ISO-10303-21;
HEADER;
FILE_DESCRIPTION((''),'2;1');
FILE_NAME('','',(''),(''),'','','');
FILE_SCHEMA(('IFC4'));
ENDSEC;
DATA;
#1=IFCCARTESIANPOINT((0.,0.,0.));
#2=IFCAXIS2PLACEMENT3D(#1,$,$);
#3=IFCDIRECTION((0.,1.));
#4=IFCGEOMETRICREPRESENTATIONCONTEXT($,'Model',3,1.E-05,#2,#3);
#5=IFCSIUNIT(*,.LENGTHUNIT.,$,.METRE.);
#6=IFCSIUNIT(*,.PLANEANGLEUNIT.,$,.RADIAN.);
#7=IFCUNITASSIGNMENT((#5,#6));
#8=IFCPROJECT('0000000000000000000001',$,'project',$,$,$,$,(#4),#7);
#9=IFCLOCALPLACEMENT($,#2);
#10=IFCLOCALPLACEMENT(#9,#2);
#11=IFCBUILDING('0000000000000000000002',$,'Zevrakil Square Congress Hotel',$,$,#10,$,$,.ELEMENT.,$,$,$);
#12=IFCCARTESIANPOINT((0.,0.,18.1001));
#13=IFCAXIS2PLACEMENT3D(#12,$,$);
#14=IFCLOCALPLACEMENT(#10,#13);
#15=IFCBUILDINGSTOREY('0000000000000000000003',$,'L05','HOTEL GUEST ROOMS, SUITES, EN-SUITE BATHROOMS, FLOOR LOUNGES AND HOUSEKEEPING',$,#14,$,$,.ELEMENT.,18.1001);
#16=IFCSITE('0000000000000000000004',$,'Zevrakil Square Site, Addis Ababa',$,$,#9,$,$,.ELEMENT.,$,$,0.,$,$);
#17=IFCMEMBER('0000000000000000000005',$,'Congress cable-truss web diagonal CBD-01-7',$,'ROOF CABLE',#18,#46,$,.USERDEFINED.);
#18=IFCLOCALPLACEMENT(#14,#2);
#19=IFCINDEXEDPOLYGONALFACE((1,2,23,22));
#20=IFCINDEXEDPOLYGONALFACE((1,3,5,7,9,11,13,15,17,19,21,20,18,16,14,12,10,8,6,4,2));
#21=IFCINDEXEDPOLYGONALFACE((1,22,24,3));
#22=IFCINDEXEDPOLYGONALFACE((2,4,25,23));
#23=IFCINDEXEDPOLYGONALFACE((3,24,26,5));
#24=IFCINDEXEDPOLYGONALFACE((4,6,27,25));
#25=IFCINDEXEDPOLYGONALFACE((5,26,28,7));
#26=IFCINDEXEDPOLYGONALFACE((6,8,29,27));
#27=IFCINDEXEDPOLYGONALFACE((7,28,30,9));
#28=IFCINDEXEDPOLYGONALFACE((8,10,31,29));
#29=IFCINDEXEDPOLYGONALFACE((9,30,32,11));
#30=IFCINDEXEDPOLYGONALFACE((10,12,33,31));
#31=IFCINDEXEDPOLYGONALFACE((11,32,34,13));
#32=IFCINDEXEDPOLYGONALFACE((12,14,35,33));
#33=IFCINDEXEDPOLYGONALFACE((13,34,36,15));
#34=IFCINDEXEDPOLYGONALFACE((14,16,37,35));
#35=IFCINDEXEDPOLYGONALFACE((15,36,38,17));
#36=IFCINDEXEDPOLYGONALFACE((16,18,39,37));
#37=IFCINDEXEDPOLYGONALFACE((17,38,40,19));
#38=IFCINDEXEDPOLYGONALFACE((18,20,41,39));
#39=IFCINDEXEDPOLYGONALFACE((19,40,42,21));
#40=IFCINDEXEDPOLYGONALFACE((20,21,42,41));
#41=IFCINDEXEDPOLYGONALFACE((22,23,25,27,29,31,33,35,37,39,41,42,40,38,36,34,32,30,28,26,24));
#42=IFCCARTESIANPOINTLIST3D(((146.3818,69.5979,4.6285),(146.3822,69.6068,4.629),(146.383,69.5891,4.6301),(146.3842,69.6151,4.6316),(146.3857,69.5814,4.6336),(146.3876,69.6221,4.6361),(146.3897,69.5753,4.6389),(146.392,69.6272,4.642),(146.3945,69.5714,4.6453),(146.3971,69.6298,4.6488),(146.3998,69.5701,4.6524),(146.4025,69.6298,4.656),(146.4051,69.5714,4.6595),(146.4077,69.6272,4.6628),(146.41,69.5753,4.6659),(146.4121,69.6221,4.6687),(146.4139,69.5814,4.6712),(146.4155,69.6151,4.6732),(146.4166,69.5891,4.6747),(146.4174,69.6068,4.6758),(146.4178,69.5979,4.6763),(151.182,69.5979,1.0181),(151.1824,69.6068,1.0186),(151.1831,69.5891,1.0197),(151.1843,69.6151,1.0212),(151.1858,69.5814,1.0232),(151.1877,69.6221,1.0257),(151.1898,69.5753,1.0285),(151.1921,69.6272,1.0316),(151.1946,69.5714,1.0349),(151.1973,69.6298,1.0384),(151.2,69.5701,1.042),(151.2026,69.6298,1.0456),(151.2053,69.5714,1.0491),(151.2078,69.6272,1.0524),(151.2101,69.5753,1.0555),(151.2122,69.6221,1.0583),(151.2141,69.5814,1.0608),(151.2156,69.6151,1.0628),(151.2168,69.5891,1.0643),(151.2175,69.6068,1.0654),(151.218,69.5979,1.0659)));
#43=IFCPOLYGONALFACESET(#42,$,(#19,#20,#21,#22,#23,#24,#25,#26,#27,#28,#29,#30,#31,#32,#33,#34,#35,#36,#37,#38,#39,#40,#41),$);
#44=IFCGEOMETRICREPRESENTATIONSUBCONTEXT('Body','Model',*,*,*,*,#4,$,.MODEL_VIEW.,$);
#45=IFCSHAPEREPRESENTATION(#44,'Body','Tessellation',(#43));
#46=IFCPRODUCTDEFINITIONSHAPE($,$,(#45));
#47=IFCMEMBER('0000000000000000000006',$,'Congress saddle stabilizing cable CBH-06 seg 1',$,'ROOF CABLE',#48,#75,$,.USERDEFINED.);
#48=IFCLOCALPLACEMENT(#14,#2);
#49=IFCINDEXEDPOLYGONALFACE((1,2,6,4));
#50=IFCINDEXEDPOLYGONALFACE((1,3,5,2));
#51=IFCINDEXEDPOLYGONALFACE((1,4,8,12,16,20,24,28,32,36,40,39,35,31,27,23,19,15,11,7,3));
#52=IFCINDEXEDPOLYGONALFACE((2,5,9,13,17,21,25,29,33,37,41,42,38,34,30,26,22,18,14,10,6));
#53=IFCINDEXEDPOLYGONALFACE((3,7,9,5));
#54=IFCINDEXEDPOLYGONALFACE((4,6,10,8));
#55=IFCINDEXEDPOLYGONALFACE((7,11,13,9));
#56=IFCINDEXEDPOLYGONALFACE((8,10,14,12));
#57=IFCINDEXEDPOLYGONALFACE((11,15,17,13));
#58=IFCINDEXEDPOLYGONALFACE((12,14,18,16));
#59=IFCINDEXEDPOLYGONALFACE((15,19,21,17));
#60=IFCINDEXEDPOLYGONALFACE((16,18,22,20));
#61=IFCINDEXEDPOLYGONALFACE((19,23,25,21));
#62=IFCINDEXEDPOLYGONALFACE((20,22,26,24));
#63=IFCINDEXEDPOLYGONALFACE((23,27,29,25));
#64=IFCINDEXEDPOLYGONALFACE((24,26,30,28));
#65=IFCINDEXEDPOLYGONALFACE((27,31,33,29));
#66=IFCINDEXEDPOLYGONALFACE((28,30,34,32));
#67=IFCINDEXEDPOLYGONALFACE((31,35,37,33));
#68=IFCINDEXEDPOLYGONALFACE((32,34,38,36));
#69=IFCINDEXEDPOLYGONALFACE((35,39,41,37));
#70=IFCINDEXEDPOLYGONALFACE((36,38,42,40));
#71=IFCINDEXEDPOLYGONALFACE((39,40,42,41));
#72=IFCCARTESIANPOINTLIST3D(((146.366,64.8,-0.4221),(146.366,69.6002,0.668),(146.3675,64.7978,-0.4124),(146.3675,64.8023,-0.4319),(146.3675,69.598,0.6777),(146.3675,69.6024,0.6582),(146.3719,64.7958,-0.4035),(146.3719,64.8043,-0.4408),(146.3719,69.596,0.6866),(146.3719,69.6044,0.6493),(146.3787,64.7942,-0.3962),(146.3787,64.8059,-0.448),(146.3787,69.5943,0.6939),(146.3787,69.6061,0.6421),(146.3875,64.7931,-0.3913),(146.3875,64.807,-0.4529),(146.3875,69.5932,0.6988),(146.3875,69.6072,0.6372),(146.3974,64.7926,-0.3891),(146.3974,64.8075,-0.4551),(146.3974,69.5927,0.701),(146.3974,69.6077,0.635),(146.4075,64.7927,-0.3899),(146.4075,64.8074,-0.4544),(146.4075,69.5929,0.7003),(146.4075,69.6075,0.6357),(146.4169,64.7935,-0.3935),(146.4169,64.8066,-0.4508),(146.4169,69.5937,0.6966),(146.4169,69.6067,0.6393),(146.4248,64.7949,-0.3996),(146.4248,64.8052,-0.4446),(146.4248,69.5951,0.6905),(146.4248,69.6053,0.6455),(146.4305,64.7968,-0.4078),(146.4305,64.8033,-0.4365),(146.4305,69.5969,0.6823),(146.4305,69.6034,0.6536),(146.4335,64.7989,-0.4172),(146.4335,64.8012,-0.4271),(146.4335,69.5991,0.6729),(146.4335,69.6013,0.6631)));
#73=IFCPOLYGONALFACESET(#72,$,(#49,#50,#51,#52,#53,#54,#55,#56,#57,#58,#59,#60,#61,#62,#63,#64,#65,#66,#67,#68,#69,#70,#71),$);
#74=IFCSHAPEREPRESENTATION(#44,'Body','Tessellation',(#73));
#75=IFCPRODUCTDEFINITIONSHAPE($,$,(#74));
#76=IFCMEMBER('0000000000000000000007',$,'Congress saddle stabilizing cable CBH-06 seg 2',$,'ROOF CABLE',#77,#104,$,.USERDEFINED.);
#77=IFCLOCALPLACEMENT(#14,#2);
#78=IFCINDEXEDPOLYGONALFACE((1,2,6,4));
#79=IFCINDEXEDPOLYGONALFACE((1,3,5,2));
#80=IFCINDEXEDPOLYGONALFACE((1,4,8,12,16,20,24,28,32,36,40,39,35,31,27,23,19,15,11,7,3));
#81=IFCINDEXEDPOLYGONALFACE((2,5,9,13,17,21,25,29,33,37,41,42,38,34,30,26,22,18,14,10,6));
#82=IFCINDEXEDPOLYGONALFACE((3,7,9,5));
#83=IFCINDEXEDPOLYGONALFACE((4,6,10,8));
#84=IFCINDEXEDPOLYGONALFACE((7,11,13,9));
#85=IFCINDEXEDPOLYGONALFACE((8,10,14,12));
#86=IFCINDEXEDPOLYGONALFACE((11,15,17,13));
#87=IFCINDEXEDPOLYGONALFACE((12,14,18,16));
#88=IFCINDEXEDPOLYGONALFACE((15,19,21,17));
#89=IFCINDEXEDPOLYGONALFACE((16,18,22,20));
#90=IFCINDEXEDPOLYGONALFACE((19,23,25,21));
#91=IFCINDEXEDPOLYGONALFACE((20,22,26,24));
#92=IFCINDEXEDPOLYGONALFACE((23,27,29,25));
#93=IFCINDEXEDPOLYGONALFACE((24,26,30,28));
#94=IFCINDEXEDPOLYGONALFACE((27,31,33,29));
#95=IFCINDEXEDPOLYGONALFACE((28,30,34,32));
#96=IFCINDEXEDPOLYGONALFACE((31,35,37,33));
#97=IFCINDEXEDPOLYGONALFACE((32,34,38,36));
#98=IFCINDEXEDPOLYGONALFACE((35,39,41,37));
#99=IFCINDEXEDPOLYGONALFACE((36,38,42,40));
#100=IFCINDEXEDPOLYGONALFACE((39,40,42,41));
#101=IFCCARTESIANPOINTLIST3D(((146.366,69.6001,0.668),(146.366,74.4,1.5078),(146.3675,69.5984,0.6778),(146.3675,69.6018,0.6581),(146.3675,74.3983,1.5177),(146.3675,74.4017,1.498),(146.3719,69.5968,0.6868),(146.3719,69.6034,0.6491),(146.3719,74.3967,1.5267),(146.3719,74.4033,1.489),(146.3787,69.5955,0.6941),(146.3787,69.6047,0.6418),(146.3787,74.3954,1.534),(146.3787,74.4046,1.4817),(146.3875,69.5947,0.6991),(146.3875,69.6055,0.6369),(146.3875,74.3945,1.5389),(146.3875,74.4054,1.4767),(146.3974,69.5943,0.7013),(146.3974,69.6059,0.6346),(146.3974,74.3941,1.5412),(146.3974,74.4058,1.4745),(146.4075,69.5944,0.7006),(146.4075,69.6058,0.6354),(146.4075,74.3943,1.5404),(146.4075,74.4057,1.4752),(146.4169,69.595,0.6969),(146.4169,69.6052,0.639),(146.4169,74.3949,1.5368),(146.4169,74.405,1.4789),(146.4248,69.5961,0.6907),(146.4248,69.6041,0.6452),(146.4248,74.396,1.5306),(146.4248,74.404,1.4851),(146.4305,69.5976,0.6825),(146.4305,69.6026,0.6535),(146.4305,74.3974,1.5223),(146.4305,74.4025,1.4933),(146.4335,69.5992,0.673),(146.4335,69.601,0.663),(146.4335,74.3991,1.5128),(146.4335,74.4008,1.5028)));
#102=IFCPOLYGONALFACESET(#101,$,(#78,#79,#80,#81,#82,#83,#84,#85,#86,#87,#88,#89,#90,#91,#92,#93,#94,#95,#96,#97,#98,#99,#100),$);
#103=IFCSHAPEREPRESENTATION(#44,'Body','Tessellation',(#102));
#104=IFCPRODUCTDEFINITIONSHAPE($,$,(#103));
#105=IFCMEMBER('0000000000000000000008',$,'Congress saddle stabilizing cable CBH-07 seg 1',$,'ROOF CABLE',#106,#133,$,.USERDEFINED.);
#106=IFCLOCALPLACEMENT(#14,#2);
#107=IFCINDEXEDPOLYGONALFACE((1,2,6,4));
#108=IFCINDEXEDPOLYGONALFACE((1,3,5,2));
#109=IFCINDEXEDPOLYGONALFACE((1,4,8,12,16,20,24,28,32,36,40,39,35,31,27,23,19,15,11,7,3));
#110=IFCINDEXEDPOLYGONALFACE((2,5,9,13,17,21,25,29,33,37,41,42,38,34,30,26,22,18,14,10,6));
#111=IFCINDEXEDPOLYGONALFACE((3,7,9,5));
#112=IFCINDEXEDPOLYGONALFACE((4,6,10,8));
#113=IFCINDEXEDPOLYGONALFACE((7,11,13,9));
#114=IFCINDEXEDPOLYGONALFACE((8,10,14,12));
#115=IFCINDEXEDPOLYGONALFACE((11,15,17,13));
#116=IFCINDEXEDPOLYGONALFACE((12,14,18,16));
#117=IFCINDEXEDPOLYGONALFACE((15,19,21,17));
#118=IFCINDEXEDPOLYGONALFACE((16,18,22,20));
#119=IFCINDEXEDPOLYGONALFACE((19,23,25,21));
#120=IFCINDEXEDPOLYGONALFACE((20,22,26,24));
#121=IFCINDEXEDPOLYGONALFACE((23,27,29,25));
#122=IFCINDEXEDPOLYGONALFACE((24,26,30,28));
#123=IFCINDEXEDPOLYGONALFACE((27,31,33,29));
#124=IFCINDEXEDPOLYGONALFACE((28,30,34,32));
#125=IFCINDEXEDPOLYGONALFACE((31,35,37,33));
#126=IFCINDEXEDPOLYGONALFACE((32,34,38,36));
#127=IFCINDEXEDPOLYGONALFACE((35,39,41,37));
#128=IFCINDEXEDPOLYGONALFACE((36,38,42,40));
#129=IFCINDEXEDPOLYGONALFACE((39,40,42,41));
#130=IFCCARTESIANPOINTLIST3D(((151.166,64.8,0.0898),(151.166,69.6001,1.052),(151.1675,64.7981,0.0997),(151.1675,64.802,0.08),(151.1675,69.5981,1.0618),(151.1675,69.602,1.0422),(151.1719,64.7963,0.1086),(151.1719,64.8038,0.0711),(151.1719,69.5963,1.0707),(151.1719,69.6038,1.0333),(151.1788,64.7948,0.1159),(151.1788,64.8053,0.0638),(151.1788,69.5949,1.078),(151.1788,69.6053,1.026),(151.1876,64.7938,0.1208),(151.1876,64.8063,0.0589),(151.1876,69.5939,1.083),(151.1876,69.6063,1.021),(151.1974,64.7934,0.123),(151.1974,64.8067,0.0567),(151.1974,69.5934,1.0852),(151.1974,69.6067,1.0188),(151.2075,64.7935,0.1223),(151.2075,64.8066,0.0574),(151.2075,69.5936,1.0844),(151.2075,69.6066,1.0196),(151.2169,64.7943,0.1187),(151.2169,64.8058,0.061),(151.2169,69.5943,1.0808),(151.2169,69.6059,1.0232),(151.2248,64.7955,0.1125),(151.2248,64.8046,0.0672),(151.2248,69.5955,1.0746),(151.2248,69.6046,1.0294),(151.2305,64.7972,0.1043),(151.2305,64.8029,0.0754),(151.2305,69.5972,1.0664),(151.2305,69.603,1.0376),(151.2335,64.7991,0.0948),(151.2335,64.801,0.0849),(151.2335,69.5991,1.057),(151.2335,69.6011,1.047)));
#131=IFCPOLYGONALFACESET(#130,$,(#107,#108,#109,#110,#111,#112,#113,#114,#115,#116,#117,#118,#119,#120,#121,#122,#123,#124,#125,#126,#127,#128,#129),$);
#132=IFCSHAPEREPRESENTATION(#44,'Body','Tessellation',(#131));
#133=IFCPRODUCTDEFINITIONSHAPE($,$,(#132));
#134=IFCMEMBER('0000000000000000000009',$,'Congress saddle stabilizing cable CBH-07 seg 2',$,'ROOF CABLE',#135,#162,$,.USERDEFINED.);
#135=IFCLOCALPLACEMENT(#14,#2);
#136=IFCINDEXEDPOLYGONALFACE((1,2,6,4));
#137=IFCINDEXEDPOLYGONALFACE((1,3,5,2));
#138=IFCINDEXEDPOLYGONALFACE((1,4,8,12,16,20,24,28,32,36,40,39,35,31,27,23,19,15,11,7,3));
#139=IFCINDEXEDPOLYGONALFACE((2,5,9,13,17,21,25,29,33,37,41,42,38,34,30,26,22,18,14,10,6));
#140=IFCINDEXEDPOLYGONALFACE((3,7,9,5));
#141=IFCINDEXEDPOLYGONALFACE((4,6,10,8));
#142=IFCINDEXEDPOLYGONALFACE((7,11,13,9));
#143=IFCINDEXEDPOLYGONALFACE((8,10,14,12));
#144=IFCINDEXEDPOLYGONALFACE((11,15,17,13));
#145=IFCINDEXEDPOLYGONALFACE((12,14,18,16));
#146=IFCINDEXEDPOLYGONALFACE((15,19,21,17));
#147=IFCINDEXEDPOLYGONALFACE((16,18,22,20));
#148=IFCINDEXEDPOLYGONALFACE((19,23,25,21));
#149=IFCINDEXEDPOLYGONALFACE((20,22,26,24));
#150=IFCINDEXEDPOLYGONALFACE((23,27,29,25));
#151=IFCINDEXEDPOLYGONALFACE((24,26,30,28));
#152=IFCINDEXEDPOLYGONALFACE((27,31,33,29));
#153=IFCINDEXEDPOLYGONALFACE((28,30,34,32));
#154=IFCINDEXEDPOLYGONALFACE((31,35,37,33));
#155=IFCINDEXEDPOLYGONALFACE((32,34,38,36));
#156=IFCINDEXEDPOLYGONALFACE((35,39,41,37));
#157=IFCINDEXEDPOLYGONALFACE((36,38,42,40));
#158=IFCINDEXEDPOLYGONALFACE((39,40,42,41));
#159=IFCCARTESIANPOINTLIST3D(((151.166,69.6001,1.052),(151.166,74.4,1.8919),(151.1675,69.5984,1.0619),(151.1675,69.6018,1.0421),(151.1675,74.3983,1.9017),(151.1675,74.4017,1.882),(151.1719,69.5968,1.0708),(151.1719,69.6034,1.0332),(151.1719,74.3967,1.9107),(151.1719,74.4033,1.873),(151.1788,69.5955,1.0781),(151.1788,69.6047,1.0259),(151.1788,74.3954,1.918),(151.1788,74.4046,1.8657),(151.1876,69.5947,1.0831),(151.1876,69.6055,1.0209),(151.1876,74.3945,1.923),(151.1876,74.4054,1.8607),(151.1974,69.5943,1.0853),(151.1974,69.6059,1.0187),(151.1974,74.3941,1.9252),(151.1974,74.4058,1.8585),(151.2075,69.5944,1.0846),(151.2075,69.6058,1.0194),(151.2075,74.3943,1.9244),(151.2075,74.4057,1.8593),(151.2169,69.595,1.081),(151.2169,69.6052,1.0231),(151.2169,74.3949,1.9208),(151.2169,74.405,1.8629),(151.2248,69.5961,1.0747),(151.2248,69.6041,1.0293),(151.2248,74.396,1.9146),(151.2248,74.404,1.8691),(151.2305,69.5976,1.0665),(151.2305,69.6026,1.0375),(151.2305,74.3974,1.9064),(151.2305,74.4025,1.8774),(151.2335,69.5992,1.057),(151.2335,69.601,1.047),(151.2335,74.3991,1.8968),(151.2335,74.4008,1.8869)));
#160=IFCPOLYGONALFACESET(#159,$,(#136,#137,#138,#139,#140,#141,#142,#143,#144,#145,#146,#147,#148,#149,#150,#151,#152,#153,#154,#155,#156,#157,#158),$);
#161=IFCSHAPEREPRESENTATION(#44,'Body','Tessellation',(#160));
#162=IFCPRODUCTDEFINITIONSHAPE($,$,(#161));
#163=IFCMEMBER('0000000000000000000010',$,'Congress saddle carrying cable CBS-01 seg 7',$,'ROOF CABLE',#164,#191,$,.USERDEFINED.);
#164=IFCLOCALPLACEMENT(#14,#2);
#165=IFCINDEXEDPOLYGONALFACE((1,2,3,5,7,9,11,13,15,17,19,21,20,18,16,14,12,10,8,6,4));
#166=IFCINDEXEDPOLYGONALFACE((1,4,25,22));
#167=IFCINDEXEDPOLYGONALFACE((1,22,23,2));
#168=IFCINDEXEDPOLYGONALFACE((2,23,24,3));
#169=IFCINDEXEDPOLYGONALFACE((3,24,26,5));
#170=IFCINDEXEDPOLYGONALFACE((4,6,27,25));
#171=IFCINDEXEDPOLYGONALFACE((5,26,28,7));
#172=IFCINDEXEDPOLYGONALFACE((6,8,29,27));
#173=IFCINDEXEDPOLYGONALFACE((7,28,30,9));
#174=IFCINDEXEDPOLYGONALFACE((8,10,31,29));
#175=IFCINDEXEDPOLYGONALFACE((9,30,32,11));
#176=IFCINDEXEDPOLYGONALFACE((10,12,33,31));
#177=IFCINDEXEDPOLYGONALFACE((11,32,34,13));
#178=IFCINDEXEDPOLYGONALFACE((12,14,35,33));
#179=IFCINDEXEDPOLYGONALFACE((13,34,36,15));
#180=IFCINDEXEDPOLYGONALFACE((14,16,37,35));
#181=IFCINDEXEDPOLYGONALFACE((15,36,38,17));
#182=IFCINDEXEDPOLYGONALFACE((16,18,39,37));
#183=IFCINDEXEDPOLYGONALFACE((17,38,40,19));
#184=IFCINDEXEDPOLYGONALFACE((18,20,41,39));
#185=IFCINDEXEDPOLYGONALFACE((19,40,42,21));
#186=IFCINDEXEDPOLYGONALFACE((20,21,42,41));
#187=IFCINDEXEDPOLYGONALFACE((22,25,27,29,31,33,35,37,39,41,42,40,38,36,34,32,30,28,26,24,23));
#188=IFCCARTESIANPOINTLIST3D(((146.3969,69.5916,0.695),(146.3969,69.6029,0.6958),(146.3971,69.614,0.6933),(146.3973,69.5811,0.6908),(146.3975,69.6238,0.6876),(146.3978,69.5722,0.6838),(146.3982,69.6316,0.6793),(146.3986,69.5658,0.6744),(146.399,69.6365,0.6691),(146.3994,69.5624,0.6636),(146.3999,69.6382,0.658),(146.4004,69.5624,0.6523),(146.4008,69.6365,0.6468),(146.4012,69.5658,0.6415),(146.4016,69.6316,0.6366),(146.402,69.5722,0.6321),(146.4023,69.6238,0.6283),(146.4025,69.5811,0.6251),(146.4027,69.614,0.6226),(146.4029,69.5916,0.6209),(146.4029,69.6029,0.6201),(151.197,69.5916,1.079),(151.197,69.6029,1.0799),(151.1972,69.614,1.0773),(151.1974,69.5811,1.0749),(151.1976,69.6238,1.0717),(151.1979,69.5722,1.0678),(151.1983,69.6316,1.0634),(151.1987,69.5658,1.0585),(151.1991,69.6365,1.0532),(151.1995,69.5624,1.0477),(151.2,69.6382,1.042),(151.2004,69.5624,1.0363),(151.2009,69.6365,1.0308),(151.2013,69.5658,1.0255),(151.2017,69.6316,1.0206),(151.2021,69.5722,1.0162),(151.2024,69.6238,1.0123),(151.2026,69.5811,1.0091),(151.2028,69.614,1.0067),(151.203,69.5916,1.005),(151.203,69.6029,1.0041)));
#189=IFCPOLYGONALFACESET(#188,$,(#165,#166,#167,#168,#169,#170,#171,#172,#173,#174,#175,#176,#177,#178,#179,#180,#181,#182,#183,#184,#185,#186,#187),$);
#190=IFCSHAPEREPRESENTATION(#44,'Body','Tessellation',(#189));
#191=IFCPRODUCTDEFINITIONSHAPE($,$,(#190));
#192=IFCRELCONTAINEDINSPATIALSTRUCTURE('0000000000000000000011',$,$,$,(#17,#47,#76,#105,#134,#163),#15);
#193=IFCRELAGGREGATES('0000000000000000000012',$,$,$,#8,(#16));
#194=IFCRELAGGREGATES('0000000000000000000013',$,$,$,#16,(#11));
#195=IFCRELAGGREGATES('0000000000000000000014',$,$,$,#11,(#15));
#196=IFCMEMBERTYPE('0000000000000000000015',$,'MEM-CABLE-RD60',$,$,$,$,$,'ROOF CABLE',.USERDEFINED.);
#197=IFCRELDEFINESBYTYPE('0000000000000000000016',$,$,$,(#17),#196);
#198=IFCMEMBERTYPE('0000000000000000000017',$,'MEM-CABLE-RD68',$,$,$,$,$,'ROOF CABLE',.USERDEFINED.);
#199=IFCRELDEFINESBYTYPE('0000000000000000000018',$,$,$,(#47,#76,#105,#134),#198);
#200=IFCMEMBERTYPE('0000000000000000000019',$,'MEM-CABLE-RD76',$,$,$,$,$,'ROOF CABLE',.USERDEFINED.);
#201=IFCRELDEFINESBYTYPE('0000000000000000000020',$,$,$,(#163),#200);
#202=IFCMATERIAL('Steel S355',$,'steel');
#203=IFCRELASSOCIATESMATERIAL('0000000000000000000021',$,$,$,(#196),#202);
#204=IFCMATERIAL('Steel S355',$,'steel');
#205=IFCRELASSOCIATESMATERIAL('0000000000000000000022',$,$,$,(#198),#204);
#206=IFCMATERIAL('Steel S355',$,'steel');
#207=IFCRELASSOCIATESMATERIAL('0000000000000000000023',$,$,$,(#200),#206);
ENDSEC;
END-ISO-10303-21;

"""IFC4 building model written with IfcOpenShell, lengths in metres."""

from ifc_helpers import new_model, si_unit, direction, frame, origin, origin_2d, place, context, subcontext, project, spatial, circle, extrude, material, material_profile, profile_set, type_object, element, save


model = new_model("IFC4")

# Units and contexts
model_context = context("Model", 3, precision=1e-05, world=origin(), true_north=direction((0.0, 1.0)))
body_context = subcontext(model_context, "Body", "Model", "MODEL_VIEW")
ifc_project = project(units=[si_unit("LENGTHUNIT", "METRE"), si_unit("PLANEANGLEUNIT", "RADIAN")], contexts=[model_context])

# Site, building, storey
site_placement = place(None, origin())
site = spatial("IfcSite", under=ifc_project, at=site_placement, Name="Zevrakil Square Site, Addis Ababa", CompositionType="ELEMENT", RefElevation=0.0)
building_placement = place(site_placement, origin())
building = spatial("IfcBuilding", under=site, at=building_placement, Name="Zevrakil Square Congress Hotel", CompositionType="ELEMENT")
storey_placement = place(building_placement, frame((0.0, 0.0, 18.1001)))
storey = spatial("IfcBuildingStorey", under=building, at=storey_placement, Name="L05", Description="HOTEL GUEST ROOMS, SUITES, EN-SUITE BATHROOMS, FLOOR LOUNGES AND HOUSEKEEPING", CompositionType="ELEMENT", Elevation=18.1001)

# Members
ifc_material_1 = material(Name="Steel S355", Category="steel")
ifc_material_profile_1 = material_profile(ifc_material_1, circle(Radius=0.03, at=origin_2d()), Name="CABLE RD60")
ifc_profile_set_1 = profile_set([ifc_material_profile_1], Name="Steel S355")
member_type_1 = type_object("IfcMemberType", Name="MEM-CABLE-RD60", ElementType="ROOF CABLE", PredefinedType="USERDEFINED", material=ifc_profile_set_1)
member_1_placement = place(storey_placement, frame((151.2, 69.6001, 1.042), z_axis=(-0.799175, 0.0, 0.601099), x_axis=(0.0, -1.0, 0.0)))
element("IfcMember", 1, at=member_1_placement, inside=storey, type_object=member_type_1, Name="Congress cable-truss web diagonal CBD-01-7", ObjectType="ROOF CABLE", PredefinedType="USERDEFINED", context=body_context, shape_type="SweptSolid", body=[
    extrude(circle(Radius=0.03, at=origin_2d()), origin(), (0.0, 0.0, 1.0), 6.0063),
])
ifc_material_2 = material(Name="Steel S355", Category="steel")
ifc_material_profile_2 = material_profile(ifc_material_2, circle(Radius=0.0339, at=origin_2d()), Name="CABLE RD68")
ifc_profile_set_2 = profile_set([ifc_material_profile_2], Name="Steel S355")
member_type_2 = type_object("IfcMemberType", Name="MEM-CABLE-RD68", ElementType="ROOF CABLE", PredefinedType="USERDEFINED", material=ifc_profile_set_2)
member_2_placement = place(storey_placement, frame((146.3999, 64.8, -0.4221), z_axis=(0.0, 0.975169, 0.22146), x_axis=(-1.0, 0.0, 0.0)))
element("IfcMember", 2, at=member_2_placement, inside=storey, type_object=member_type_2, Name="Congress saddle stabilizing cable CBH-06 seg 1", ObjectType="ROOF CABLE", PredefinedType="USERDEFINED", context=body_context, shape_type="SweptSolid", body=[
    extrude(circle(Radius=0.0339, at=origin_2d()), origin(), (0.0, 0.0, 1.0), 4.9224),
])
member_3_placement = place(storey_placement, frame((146.3999, 69.6001, 0.668), z_axis=(0.0, 0.985035, 0.172356), x_axis=(-1.0, 0.0, 0.0)))
element("IfcMember", 3, at=member_3_placement, inside=storey, type_object=member_type_2, Name="Congress saddle stabilizing cable CBH-06 seg 2", ObjectType="ROOF CABLE", PredefinedType="USERDEFINED", context=body_context, shape_type="SweptSolid", body=[
    extrude(circle(Radius=0.0339, at=origin_2d()), origin(), (0.0, 0.0, 1.0), 4.8728),
])
member_4_placement = place(storey_placement, frame((151.2, 64.8, 0.0898), z_axis=(0.0, 0.980496, 0.196538), x_axis=(-1.0, 0.0, 0.0)))
element("IfcMember", 4, at=member_4_placement, inside=storey, type_object=member_type_2, Name="Congress saddle stabilizing cable CBH-07 seg 1", ObjectType="ROOF CABLE", PredefinedType="USERDEFINED", context=body_context, shape_type="SweptSolid", body=[
    extrude(circle(Radius=0.0339, at=origin_2d()), origin(), (0.0, 0.0, 1.0), 4.8955),
])
member_5_placement = place(storey_placement, frame((151.2, 69.6001, 1.052), z_axis=(0.0, 0.985035, 0.172356), x_axis=(-1.0, 0.0, 0.0)))
element("IfcMember", 5, at=member_5_placement, inside=storey, type_object=member_type_2, Name="Congress saddle stabilizing cable CBH-07 seg 2", ObjectType="ROOF CABLE", PredefinedType="USERDEFINED", context=body_context, shape_type="SweptSolid", body=[
    extrude(circle(Radius=0.0339, at=origin_2d()), origin(), (0.0, 0.0, 1.0), 4.8728),
])
ifc_material_3 = material(Name="Steel S355", Category="steel")
ifc_material_profile_3 = material_profile(ifc_material_3, circle(Radius=0.0381, at=origin_2d()), Name="CABLE RD76")
ifc_profile_set_3 = profile_set([ifc_material_profile_3], Name="Steel S355")
member_type_3 = type_object("IfcMemberType", Name="MEM-CABLE-RD76", ElementType="ROOF CABLE", PredefinedType="USERDEFINED", material=ifc_profile_set_3)
member_6_placement = place(storey_placement, frame((146.3999, 69.6001, 0.658), z_axis=(0.996815, 0.0, 0.079751), x_axis=(0.0, 1.0, 0.0)))
element("IfcMember", 6, at=member_6_placement, inside=storey, type_object=member_type_3, Name="Congress saddle carrying cable CBS-01 seg 7", ObjectType="ROOF CABLE", PredefinedType="USERDEFINED", context=body_context, shape_type="SweptSolid", body=[
    extrude(circle(Radius=0.0381, at=origin_2d()), origin(), (0.0, 0.0, 1.0), 4.8154),
])

save(model, "model.ifc")
